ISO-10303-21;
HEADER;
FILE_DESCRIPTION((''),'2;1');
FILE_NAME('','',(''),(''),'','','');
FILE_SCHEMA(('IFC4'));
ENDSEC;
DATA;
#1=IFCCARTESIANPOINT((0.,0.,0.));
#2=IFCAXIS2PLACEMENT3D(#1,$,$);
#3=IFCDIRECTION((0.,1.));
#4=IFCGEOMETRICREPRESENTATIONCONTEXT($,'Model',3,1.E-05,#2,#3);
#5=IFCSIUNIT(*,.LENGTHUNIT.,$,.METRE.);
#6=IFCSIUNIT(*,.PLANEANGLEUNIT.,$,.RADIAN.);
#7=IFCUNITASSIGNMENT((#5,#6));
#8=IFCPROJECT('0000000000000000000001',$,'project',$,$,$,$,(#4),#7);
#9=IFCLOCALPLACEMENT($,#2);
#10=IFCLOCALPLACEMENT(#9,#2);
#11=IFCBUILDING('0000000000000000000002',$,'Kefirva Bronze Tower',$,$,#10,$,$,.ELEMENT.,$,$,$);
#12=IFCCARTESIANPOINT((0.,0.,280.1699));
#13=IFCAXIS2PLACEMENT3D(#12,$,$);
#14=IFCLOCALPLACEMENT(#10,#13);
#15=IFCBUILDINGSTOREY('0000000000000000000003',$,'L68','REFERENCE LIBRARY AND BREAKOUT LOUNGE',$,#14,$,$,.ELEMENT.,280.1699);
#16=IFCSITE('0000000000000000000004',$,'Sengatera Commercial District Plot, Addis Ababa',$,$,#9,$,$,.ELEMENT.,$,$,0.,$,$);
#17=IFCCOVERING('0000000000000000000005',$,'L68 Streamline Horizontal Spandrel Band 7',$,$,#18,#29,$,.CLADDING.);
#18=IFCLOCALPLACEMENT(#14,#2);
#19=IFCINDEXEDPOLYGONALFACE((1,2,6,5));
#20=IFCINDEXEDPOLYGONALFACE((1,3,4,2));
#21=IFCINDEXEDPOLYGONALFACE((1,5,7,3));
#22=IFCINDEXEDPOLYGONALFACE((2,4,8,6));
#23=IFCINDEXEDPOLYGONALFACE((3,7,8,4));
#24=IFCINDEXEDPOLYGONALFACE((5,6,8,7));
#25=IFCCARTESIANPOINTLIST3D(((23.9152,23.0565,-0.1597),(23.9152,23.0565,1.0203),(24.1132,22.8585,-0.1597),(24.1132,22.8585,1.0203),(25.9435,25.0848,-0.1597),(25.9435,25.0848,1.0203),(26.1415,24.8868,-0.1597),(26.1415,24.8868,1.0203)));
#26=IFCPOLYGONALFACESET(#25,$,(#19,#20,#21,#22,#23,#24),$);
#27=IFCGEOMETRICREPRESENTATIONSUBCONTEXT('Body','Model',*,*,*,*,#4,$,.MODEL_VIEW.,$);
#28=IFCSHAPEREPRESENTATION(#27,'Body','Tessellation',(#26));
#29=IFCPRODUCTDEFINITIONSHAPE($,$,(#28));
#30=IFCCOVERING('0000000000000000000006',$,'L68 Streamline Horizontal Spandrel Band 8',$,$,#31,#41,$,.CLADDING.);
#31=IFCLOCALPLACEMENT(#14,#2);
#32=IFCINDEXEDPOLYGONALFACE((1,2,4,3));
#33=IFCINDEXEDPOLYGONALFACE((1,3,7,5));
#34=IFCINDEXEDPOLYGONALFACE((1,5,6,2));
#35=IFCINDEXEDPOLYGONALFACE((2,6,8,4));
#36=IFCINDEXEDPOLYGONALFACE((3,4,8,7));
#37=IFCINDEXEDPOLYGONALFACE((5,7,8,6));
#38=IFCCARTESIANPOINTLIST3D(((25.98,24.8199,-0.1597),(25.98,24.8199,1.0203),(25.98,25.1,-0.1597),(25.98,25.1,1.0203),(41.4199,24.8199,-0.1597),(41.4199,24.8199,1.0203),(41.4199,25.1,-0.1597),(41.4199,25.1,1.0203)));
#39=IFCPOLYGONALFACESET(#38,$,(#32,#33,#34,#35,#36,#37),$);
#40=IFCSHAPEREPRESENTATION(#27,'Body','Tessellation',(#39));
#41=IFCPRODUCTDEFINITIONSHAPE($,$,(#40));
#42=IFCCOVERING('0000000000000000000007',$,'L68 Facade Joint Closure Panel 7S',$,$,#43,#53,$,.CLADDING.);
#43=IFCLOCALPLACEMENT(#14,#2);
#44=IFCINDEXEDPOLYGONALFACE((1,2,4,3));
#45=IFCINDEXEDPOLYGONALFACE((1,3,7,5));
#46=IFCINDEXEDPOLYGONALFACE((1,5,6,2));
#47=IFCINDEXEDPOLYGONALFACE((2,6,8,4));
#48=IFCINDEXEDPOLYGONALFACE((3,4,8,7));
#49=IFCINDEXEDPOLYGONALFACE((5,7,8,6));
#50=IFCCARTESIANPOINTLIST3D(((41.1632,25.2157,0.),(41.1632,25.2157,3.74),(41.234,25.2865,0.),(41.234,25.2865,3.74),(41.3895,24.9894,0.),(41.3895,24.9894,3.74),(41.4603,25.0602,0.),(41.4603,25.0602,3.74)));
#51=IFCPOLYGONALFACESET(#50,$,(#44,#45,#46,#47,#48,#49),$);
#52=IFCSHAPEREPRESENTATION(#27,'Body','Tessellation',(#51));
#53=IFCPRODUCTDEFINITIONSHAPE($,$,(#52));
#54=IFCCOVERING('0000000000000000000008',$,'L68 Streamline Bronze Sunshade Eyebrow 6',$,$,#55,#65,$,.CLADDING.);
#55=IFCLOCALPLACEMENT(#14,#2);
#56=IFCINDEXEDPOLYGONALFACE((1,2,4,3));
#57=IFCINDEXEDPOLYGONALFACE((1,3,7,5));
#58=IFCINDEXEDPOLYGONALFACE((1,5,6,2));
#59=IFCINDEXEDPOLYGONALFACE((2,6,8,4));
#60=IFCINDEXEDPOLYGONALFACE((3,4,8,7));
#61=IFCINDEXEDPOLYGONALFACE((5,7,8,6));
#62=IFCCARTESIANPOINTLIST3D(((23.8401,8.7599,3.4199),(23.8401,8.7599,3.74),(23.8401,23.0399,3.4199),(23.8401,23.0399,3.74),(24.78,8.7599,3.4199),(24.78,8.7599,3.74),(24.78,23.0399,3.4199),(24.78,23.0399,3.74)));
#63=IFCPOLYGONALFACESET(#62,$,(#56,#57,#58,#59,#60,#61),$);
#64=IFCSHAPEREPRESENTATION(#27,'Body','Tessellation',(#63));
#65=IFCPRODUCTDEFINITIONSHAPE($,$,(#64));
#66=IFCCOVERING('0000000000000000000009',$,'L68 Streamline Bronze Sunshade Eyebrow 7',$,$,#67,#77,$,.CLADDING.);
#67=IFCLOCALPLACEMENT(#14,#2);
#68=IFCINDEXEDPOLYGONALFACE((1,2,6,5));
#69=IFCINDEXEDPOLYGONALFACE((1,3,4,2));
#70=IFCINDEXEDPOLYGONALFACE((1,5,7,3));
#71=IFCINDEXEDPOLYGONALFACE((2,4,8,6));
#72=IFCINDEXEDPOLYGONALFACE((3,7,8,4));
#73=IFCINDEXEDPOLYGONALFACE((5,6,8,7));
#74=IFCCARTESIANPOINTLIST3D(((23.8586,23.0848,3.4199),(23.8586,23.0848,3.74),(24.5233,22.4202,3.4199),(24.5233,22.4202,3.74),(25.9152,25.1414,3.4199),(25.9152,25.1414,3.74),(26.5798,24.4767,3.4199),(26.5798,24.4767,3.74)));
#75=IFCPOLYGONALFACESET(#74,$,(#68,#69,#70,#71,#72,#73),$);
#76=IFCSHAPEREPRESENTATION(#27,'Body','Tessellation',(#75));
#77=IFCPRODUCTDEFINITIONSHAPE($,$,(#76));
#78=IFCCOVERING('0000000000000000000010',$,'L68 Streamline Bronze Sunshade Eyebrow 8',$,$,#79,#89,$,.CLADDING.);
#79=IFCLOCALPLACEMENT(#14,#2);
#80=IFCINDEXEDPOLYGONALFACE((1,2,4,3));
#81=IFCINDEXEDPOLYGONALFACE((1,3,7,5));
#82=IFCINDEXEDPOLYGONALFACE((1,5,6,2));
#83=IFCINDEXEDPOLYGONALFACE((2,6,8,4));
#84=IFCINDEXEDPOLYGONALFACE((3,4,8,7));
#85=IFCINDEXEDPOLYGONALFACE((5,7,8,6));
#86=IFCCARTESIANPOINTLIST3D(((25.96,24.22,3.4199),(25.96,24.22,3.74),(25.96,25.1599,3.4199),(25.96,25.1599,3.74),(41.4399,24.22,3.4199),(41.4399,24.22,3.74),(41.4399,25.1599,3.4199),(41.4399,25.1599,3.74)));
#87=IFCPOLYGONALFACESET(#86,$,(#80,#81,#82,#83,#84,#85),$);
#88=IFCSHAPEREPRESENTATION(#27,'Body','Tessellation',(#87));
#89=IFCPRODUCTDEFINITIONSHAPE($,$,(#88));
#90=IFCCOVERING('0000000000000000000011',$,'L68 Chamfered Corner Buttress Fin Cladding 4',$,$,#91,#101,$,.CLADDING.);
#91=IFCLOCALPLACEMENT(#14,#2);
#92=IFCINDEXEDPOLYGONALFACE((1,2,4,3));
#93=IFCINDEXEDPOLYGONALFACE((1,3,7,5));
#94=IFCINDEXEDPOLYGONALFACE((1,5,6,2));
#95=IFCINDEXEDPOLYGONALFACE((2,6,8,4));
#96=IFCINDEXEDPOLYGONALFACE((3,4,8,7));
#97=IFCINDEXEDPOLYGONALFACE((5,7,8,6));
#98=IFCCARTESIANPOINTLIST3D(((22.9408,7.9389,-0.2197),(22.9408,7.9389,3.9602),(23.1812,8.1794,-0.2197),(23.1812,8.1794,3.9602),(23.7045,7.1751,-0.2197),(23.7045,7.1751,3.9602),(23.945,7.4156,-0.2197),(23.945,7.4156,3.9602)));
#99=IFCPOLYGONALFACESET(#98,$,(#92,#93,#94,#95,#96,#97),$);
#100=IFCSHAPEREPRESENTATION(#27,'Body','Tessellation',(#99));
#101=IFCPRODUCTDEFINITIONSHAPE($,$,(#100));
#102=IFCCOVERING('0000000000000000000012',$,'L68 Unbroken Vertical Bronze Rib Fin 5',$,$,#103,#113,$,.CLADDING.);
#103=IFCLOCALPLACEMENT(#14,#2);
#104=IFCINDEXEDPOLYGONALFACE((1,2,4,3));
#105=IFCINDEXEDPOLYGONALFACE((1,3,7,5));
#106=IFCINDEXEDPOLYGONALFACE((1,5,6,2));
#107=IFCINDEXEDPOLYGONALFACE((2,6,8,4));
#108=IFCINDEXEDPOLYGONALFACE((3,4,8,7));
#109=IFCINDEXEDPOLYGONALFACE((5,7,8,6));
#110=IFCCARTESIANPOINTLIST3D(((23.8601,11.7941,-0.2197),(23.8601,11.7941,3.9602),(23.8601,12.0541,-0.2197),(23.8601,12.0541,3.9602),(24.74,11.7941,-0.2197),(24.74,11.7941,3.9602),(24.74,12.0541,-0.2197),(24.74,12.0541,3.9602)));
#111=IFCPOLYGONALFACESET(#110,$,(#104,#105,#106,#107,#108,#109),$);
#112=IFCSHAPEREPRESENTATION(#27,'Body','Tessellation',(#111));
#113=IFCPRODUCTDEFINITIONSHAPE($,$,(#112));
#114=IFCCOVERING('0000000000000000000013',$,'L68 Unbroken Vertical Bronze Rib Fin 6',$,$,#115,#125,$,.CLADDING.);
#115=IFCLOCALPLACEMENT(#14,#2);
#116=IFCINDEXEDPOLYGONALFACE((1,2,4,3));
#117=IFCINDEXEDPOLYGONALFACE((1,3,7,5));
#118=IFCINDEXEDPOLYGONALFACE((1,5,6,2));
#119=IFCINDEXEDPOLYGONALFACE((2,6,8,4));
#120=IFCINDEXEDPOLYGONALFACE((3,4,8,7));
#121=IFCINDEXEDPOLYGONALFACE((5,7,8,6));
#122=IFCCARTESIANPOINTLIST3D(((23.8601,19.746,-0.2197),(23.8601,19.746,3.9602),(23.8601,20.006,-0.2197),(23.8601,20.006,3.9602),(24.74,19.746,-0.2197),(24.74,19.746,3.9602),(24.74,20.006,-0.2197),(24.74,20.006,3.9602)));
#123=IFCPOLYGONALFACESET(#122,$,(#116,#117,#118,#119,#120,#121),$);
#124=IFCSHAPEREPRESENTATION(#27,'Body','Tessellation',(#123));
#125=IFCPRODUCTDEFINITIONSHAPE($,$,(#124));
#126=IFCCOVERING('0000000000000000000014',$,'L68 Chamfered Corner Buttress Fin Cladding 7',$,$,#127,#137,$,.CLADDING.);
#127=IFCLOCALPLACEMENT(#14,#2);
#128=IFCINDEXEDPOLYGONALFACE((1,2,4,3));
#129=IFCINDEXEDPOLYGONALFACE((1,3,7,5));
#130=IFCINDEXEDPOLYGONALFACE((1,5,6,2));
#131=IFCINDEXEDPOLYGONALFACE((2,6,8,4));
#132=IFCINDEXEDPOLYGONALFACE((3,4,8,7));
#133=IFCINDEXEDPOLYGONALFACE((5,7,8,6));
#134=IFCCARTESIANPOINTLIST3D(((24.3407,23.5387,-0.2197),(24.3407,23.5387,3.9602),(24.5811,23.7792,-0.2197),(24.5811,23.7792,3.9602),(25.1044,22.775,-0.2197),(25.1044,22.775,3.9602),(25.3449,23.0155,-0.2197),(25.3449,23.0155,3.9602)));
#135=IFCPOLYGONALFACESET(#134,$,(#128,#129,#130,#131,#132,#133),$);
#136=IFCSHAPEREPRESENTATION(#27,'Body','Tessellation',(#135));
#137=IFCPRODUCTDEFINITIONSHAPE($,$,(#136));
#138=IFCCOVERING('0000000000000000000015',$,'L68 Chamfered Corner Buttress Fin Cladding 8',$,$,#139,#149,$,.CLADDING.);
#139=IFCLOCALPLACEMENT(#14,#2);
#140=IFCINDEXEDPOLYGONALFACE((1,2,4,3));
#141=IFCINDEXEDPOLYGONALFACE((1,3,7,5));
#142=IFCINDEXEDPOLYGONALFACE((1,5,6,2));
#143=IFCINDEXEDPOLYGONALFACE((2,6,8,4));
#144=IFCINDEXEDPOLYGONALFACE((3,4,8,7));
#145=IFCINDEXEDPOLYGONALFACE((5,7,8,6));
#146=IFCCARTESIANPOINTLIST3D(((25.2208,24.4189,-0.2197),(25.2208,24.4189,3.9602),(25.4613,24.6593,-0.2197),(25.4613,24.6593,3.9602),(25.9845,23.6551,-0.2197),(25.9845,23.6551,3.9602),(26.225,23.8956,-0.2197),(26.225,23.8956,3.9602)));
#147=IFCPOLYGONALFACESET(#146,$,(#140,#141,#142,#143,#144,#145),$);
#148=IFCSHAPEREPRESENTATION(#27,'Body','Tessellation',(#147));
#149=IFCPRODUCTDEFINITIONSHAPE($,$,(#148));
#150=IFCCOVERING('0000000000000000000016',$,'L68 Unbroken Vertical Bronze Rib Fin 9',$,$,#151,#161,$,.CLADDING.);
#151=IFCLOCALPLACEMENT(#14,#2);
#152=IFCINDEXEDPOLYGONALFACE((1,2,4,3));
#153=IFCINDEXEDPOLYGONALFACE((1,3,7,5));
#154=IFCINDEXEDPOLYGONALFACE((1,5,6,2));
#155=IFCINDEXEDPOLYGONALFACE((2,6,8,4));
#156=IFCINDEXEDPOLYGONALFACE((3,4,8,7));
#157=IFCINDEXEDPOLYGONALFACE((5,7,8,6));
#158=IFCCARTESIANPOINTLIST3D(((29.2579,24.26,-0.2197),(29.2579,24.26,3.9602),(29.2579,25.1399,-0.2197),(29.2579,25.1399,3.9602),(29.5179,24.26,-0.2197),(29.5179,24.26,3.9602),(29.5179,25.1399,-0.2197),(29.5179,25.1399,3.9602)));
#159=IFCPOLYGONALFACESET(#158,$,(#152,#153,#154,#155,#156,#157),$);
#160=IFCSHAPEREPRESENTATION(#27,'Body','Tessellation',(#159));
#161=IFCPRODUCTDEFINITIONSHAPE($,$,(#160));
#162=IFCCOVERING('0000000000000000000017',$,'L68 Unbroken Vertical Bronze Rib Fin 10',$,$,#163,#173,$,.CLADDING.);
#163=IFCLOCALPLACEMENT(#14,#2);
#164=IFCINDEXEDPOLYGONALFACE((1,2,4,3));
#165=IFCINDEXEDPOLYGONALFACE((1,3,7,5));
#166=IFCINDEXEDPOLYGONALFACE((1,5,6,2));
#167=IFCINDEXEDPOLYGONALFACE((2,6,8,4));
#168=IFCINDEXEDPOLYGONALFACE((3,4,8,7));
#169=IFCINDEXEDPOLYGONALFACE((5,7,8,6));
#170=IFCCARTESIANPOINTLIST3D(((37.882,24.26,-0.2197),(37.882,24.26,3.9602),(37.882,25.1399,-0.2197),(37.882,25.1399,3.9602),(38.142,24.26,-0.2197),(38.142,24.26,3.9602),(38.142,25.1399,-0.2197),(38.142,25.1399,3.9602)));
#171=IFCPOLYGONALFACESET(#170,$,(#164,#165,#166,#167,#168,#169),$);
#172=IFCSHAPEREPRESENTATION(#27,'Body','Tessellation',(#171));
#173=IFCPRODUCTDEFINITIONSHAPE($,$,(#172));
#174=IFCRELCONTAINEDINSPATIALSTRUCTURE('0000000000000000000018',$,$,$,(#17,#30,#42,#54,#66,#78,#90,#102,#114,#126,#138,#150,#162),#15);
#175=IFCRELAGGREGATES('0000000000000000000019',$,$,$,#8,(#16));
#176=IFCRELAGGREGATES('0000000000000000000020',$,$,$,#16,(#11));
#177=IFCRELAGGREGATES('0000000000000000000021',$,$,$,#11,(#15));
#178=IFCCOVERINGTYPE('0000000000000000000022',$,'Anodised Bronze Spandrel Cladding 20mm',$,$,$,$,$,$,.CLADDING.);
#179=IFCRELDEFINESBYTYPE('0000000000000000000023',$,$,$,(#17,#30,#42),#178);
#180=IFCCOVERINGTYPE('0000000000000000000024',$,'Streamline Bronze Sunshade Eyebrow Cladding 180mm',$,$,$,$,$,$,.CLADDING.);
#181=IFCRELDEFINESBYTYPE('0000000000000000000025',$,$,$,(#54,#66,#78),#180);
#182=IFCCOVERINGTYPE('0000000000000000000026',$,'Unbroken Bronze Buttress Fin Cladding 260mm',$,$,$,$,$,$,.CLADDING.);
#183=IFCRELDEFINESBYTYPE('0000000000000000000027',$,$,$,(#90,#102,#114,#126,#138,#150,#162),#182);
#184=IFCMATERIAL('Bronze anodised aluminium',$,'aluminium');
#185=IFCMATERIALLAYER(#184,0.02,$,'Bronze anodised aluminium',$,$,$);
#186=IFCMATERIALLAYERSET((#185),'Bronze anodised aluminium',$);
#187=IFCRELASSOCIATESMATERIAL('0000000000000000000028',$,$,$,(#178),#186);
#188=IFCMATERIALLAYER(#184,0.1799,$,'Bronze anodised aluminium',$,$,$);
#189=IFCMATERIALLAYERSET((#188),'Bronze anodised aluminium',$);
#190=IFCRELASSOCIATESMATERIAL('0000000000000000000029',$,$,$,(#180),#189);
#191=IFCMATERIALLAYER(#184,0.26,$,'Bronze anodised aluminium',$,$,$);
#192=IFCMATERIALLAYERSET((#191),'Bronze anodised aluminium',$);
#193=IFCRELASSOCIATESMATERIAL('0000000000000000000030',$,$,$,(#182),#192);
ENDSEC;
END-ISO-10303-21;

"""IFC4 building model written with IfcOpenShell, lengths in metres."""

from ifc_helpers import new_model, si_unit, direction, frame, origin, origin_2d, place, context, subcontext, project, spatial, rectangle, extrude, material, layer, layer_set, type_object, element, save


model = new_model("IFC4")

# Units and contexts
model_context = context("Model", 3, precision=1e-05, world=origin(), true_north=direction((0.0, 1.0)))
body_context = subcontext(model_context, "Body", "Model", "MODEL_VIEW")
ifc_project = project(units=[si_unit("LENGTHUNIT", "METRE"), si_unit("PLANEANGLEUNIT", "RADIAN")], contexts=[model_context])

# Site, building, storey
site_placement = place(None, origin())
site = spatial("IfcSite", under=ifc_project, at=site_placement, Name="Sengatera Commercial District Plot, Addis Ababa", CompositionType="ELEMENT", RefElevation=0.0)
building_placement = place(site_placement, origin())
building = spatial("IfcBuilding", under=site, at=building_placement, Name="Kefirva Bronze Tower", CompositionType="ELEMENT")
storey_placement = place(building_placement, frame((0.0, 0.0, 280.1699)))
storey = spatial("IfcBuildingStorey", under=building, at=storey_placement, Name="L68", Description="REFERENCE LIBRARY AND BREAKOUT LOUNGE", CompositionType="ELEMENT", Elevation=280.1699)

# Shared definitions
ifc_material_1 = material(Name="Bronze anodised aluminium", Category="aluminium")

# Coverings
ifc_layer_1 = layer(ifc_material_1, 0.02, Name="Bronze anodised aluminium")
ifc_layer_set_1 = layer_set([ifc_layer_1], Name="Bronze anodised aluminium")
covering_type_1 = type_object("IfcCoveringType", Name="Anodised Bronze Spandrel Cladding 20mm", PredefinedType="CLADDING", material=ifc_layer_set_1)
covering_1_placement = place(storey_placement, frame((25.0283, 23.9717, -0.1597), z_axis=(0.0, 0.0, 1.0), x_axis=(0.707107, 0.707107, 0.0)))
element("IfcCovering", 1, at=covering_1_placement, inside=storey, type_object=covering_type_1, Name="L68 Streamline Horizontal Spandrel Band 7", PredefinedType="CLADDING", context=body_context, shape_type="SweptSolid", body=[
    extrude(rectangle(XDim=2.8684, YDim=0.28, at=origin_2d()), origin(), (0.0, 0.0, 1.0), 1.1799),
])
covering_2_placement = place(storey_placement, frame((33.7, 24.96, -0.1597), z_axis=(0.0, 0.0, 1.0), x_axis=(1.0, 0.0, 0.0)))
element("IfcCovering", 2, at=covering_2_placement, inside=storey, type_object=covering_type_1, Name="L68 Streamline Horizontal Spandrel Band 8", PredefinedType="CLADDING", context=body_context, shape_type="SweptSolid", body=[
    extrude(rectangle(XDim=15.4399, YDim=0.28, at=origin_2d()), origin(), (0.0, 0.0, 1.0), 1.1799),
])
covering_3_placement = place(storey_placement, frame((41.3118, 25.1379, 0.0), z_axis=(0.0, 0.0, 1.0), x_axis=(0.707107, 0.707107, 0.0)))
element("IfcCovering", 3, at=covering_3_placement, inside=storey, type_object=covering_type_1, Name="L68 Facade Joint Closure Panel 7S", PredefinedType="CLADDING", context=body_context, shape_type="SweptSolid", body=[
    extrude(rectangle(XDim=0.1001, YDim=0.3201, at=origin_2d()), origin(), (0.0, 0.0, 1.0), 3.74),
])
ifc_layer_2 = layer(ifc_material_1, 0.1799, Name="Bronze anodised aluminium")
ifc_layer_set_2 = layer_set([ifc_layer_2], Name="Bronze anodised aluminium")
covering_type_2 = type_object("IfcCoveringType", Name="Streamline Bronze Sunshade Eyebrow Cladding 180mm", PredefinedType="CLADDING", material=ifc_layer_set_2)
covering_4_placement = place(storey_placement, frame((24.3101, 15.8999, 3.4199), z_axis=(0.0, 0.0, 1.0), x_axis=(0.0, 1.0, 0.0)))
element("IfcCovering", 4, at=covering_4_placement, inside=storey, type_object=covering_type_2, Name="L68 Streamline Bronze Sunshade Eyebrow 6", PredefinedType="CLADDING", context=body_context, shape_type="SweptSolid", body=[
    extrude(rectangle(XDim=14.28, YDim=0.9399, at=origin_2d()), origin(), (0.0, 0.0, 1.0), 0.3201),
])
covering_5_placement = place(storey_placement, frame((25.2192, 23.7808, 3.4199), z_axis=(0.0, 0.0, 1.0), x_axis=(0.707107, 0.707107, 0.0)))
element("IfcCovering", 5, at=covering_5_placement, inside=storey, type_object=covering_type_2, Name="L68 Streamline Bronze Sunshade Eyebrow 7", PredefinedType="CLADDING", context=body_context, shape_type="SweptSolid", body=[
    extrude(rectangle(XDim=2.9084, YDim=0.9399, at=origin_2d()), origin(), (0.0, 0.0, 1.0), 0.3201),
])
covering_6_placement = place(storey_placement, frame((33.7, 24.6899, 3.4199), z_axis=(0.0, 0.0, 1.0), x_axis=(1.0, 0.0, 0.0)))
element("IfcCovering", 6, at=covering_6_placement, inside=storey, type_object=covering_type_2, Name="L68 Streamline Bronze Sunshade Eyebrow 8", PredefinedType="CLADDING", context=body_context, shape_type="SweptSolid", body=[
    extrude(rectangle(XDim=15.48, YDim=0.9399, at=origin_2d()), origin(), (0.0, 0.0, 1.0), 0.3201),
])
ifc_layer_3 = layer(ifc_material_1, 0.26, Name="Bronze anodised aluminium")
ifc_layer_set_3 = layer_set([ifc_layer_3], Name="Bronze anodised aluminium")
covering_type_3 = type_object("IfcCoveringType", Name="Unbroken Bronze Buttress Fin Cladding 260mm", PredefinedType="CLADDING", material=ifc_layer_set_3)
covering_7_placement = place(storey_placement, frame((23.4429, 7.6772, -0.2197), z_axis=(0.0, 0.0, 1.0), x_axis=(0.707107, 0.707107, 0.0)))
element("IfcCovering", 7, at=covering_7_placement, inside=storey, type_object=covering_type_3, Name="L68 Chamfered Corner Buttress Fin Cladding 4", PredefinedType="CLADDING", context=body_context, shape_type="SweptSolid", body=[
    extrude(rectangle(XDim=0.3401, YDim=1.0801, at=origin_2d()), origin(), (0.0, 0.0, 1.0), 4.1799),
])
for number, where, z_axis, x_axis, name in (
    (8, (24.3, 11.9241, -0.2197), (0.0, 0.0, 1.0), (0.0, 1.0, 0.0), "L68 Unbroken Vertical Bronze Rib Fin 5"),
    (9, (24.3, 19.876, -0.2197), (0.0, 0.0, 1.0), (0.0, 1.0, 0.0), "L68 Unbroken Vertical Bronze Rib Fin 6"),
):
    element("IfcCovering", number, at=place(storey_placement, frame(where, z_axis=z_axis, x_axis=x_axis)), inside=storey, type_object=covering_type_3, Name=name, PredefinedType="CLADDING", context=body_context, shape_type="SweptSolid", body=[
        extrude(rectangle(XDim=0.26, YDim=0.8799, at=origin_2d()), origin(), (0.0, 0.0, 1.0), 4.1799),
    ])
for number, where, z_axis, x_axis, name in (
    (10, (24.8428, 23.2771, -0.2197), (0.0, 0.0, 1.0), (0.707107, 0.707107, 0.0), "L68 Chamfered Corner Buttress Fin Cladding 7"),
    (11, (25.7229, 24.1572, -0.2197), (0.0, 0.0, 1.0), (0.707107, 0.707107, 0.0), "L68 Chamfered Corner Buttress Fin Cladding 8"),
):
    element("IfcCovering", number, at=place(storey_placement, frame(where, z_axis=z_axis, x_axis=x_axis)), inside=storey, type_object=covering_type_3, Name=name, PredefinedType="CLADDING", context=body_context, shape_type="SweptSolid", body=[
        extrude(rectangle(XDim=0.3401, YDim=1.0801, at=origin_2d()), origin(), (0.0, 0.0, 1.0), 4.1799),
    ])
for number, where, z_axis, x_axis, name in (
    (12, (29.3879, 24.7, -0.2197), (0.0, 0.0, 1.0), (1.0, 0.0, 0.0), "L68 Unbroken Vertical Bronze Rib Fin 9"),
    (13, (38.012, 24.7, -0.2197), (0.0, 0.0, 1.0), (1.0, 0.0, 0.0), "L68 Unbroken Vertical Bronze Rib Fin 10"),
):
    element("IfcCovering", number, at=place(storey_placement, frame(where, z_axis=z_axis, x_axis=x_axis)), inside=storey, type_object=covering_type_3, Name=name, PredefinedType="CLADDING", context=body_context, shape_type="SweptSolid", body=[
        extrude(rectangle(XDim=0.26, YDim=0.8799, at=origin_2d()), origin(), (0.0, 0.0, 1.0), 4.1799),
    ])

save(model, "model.ifc")
